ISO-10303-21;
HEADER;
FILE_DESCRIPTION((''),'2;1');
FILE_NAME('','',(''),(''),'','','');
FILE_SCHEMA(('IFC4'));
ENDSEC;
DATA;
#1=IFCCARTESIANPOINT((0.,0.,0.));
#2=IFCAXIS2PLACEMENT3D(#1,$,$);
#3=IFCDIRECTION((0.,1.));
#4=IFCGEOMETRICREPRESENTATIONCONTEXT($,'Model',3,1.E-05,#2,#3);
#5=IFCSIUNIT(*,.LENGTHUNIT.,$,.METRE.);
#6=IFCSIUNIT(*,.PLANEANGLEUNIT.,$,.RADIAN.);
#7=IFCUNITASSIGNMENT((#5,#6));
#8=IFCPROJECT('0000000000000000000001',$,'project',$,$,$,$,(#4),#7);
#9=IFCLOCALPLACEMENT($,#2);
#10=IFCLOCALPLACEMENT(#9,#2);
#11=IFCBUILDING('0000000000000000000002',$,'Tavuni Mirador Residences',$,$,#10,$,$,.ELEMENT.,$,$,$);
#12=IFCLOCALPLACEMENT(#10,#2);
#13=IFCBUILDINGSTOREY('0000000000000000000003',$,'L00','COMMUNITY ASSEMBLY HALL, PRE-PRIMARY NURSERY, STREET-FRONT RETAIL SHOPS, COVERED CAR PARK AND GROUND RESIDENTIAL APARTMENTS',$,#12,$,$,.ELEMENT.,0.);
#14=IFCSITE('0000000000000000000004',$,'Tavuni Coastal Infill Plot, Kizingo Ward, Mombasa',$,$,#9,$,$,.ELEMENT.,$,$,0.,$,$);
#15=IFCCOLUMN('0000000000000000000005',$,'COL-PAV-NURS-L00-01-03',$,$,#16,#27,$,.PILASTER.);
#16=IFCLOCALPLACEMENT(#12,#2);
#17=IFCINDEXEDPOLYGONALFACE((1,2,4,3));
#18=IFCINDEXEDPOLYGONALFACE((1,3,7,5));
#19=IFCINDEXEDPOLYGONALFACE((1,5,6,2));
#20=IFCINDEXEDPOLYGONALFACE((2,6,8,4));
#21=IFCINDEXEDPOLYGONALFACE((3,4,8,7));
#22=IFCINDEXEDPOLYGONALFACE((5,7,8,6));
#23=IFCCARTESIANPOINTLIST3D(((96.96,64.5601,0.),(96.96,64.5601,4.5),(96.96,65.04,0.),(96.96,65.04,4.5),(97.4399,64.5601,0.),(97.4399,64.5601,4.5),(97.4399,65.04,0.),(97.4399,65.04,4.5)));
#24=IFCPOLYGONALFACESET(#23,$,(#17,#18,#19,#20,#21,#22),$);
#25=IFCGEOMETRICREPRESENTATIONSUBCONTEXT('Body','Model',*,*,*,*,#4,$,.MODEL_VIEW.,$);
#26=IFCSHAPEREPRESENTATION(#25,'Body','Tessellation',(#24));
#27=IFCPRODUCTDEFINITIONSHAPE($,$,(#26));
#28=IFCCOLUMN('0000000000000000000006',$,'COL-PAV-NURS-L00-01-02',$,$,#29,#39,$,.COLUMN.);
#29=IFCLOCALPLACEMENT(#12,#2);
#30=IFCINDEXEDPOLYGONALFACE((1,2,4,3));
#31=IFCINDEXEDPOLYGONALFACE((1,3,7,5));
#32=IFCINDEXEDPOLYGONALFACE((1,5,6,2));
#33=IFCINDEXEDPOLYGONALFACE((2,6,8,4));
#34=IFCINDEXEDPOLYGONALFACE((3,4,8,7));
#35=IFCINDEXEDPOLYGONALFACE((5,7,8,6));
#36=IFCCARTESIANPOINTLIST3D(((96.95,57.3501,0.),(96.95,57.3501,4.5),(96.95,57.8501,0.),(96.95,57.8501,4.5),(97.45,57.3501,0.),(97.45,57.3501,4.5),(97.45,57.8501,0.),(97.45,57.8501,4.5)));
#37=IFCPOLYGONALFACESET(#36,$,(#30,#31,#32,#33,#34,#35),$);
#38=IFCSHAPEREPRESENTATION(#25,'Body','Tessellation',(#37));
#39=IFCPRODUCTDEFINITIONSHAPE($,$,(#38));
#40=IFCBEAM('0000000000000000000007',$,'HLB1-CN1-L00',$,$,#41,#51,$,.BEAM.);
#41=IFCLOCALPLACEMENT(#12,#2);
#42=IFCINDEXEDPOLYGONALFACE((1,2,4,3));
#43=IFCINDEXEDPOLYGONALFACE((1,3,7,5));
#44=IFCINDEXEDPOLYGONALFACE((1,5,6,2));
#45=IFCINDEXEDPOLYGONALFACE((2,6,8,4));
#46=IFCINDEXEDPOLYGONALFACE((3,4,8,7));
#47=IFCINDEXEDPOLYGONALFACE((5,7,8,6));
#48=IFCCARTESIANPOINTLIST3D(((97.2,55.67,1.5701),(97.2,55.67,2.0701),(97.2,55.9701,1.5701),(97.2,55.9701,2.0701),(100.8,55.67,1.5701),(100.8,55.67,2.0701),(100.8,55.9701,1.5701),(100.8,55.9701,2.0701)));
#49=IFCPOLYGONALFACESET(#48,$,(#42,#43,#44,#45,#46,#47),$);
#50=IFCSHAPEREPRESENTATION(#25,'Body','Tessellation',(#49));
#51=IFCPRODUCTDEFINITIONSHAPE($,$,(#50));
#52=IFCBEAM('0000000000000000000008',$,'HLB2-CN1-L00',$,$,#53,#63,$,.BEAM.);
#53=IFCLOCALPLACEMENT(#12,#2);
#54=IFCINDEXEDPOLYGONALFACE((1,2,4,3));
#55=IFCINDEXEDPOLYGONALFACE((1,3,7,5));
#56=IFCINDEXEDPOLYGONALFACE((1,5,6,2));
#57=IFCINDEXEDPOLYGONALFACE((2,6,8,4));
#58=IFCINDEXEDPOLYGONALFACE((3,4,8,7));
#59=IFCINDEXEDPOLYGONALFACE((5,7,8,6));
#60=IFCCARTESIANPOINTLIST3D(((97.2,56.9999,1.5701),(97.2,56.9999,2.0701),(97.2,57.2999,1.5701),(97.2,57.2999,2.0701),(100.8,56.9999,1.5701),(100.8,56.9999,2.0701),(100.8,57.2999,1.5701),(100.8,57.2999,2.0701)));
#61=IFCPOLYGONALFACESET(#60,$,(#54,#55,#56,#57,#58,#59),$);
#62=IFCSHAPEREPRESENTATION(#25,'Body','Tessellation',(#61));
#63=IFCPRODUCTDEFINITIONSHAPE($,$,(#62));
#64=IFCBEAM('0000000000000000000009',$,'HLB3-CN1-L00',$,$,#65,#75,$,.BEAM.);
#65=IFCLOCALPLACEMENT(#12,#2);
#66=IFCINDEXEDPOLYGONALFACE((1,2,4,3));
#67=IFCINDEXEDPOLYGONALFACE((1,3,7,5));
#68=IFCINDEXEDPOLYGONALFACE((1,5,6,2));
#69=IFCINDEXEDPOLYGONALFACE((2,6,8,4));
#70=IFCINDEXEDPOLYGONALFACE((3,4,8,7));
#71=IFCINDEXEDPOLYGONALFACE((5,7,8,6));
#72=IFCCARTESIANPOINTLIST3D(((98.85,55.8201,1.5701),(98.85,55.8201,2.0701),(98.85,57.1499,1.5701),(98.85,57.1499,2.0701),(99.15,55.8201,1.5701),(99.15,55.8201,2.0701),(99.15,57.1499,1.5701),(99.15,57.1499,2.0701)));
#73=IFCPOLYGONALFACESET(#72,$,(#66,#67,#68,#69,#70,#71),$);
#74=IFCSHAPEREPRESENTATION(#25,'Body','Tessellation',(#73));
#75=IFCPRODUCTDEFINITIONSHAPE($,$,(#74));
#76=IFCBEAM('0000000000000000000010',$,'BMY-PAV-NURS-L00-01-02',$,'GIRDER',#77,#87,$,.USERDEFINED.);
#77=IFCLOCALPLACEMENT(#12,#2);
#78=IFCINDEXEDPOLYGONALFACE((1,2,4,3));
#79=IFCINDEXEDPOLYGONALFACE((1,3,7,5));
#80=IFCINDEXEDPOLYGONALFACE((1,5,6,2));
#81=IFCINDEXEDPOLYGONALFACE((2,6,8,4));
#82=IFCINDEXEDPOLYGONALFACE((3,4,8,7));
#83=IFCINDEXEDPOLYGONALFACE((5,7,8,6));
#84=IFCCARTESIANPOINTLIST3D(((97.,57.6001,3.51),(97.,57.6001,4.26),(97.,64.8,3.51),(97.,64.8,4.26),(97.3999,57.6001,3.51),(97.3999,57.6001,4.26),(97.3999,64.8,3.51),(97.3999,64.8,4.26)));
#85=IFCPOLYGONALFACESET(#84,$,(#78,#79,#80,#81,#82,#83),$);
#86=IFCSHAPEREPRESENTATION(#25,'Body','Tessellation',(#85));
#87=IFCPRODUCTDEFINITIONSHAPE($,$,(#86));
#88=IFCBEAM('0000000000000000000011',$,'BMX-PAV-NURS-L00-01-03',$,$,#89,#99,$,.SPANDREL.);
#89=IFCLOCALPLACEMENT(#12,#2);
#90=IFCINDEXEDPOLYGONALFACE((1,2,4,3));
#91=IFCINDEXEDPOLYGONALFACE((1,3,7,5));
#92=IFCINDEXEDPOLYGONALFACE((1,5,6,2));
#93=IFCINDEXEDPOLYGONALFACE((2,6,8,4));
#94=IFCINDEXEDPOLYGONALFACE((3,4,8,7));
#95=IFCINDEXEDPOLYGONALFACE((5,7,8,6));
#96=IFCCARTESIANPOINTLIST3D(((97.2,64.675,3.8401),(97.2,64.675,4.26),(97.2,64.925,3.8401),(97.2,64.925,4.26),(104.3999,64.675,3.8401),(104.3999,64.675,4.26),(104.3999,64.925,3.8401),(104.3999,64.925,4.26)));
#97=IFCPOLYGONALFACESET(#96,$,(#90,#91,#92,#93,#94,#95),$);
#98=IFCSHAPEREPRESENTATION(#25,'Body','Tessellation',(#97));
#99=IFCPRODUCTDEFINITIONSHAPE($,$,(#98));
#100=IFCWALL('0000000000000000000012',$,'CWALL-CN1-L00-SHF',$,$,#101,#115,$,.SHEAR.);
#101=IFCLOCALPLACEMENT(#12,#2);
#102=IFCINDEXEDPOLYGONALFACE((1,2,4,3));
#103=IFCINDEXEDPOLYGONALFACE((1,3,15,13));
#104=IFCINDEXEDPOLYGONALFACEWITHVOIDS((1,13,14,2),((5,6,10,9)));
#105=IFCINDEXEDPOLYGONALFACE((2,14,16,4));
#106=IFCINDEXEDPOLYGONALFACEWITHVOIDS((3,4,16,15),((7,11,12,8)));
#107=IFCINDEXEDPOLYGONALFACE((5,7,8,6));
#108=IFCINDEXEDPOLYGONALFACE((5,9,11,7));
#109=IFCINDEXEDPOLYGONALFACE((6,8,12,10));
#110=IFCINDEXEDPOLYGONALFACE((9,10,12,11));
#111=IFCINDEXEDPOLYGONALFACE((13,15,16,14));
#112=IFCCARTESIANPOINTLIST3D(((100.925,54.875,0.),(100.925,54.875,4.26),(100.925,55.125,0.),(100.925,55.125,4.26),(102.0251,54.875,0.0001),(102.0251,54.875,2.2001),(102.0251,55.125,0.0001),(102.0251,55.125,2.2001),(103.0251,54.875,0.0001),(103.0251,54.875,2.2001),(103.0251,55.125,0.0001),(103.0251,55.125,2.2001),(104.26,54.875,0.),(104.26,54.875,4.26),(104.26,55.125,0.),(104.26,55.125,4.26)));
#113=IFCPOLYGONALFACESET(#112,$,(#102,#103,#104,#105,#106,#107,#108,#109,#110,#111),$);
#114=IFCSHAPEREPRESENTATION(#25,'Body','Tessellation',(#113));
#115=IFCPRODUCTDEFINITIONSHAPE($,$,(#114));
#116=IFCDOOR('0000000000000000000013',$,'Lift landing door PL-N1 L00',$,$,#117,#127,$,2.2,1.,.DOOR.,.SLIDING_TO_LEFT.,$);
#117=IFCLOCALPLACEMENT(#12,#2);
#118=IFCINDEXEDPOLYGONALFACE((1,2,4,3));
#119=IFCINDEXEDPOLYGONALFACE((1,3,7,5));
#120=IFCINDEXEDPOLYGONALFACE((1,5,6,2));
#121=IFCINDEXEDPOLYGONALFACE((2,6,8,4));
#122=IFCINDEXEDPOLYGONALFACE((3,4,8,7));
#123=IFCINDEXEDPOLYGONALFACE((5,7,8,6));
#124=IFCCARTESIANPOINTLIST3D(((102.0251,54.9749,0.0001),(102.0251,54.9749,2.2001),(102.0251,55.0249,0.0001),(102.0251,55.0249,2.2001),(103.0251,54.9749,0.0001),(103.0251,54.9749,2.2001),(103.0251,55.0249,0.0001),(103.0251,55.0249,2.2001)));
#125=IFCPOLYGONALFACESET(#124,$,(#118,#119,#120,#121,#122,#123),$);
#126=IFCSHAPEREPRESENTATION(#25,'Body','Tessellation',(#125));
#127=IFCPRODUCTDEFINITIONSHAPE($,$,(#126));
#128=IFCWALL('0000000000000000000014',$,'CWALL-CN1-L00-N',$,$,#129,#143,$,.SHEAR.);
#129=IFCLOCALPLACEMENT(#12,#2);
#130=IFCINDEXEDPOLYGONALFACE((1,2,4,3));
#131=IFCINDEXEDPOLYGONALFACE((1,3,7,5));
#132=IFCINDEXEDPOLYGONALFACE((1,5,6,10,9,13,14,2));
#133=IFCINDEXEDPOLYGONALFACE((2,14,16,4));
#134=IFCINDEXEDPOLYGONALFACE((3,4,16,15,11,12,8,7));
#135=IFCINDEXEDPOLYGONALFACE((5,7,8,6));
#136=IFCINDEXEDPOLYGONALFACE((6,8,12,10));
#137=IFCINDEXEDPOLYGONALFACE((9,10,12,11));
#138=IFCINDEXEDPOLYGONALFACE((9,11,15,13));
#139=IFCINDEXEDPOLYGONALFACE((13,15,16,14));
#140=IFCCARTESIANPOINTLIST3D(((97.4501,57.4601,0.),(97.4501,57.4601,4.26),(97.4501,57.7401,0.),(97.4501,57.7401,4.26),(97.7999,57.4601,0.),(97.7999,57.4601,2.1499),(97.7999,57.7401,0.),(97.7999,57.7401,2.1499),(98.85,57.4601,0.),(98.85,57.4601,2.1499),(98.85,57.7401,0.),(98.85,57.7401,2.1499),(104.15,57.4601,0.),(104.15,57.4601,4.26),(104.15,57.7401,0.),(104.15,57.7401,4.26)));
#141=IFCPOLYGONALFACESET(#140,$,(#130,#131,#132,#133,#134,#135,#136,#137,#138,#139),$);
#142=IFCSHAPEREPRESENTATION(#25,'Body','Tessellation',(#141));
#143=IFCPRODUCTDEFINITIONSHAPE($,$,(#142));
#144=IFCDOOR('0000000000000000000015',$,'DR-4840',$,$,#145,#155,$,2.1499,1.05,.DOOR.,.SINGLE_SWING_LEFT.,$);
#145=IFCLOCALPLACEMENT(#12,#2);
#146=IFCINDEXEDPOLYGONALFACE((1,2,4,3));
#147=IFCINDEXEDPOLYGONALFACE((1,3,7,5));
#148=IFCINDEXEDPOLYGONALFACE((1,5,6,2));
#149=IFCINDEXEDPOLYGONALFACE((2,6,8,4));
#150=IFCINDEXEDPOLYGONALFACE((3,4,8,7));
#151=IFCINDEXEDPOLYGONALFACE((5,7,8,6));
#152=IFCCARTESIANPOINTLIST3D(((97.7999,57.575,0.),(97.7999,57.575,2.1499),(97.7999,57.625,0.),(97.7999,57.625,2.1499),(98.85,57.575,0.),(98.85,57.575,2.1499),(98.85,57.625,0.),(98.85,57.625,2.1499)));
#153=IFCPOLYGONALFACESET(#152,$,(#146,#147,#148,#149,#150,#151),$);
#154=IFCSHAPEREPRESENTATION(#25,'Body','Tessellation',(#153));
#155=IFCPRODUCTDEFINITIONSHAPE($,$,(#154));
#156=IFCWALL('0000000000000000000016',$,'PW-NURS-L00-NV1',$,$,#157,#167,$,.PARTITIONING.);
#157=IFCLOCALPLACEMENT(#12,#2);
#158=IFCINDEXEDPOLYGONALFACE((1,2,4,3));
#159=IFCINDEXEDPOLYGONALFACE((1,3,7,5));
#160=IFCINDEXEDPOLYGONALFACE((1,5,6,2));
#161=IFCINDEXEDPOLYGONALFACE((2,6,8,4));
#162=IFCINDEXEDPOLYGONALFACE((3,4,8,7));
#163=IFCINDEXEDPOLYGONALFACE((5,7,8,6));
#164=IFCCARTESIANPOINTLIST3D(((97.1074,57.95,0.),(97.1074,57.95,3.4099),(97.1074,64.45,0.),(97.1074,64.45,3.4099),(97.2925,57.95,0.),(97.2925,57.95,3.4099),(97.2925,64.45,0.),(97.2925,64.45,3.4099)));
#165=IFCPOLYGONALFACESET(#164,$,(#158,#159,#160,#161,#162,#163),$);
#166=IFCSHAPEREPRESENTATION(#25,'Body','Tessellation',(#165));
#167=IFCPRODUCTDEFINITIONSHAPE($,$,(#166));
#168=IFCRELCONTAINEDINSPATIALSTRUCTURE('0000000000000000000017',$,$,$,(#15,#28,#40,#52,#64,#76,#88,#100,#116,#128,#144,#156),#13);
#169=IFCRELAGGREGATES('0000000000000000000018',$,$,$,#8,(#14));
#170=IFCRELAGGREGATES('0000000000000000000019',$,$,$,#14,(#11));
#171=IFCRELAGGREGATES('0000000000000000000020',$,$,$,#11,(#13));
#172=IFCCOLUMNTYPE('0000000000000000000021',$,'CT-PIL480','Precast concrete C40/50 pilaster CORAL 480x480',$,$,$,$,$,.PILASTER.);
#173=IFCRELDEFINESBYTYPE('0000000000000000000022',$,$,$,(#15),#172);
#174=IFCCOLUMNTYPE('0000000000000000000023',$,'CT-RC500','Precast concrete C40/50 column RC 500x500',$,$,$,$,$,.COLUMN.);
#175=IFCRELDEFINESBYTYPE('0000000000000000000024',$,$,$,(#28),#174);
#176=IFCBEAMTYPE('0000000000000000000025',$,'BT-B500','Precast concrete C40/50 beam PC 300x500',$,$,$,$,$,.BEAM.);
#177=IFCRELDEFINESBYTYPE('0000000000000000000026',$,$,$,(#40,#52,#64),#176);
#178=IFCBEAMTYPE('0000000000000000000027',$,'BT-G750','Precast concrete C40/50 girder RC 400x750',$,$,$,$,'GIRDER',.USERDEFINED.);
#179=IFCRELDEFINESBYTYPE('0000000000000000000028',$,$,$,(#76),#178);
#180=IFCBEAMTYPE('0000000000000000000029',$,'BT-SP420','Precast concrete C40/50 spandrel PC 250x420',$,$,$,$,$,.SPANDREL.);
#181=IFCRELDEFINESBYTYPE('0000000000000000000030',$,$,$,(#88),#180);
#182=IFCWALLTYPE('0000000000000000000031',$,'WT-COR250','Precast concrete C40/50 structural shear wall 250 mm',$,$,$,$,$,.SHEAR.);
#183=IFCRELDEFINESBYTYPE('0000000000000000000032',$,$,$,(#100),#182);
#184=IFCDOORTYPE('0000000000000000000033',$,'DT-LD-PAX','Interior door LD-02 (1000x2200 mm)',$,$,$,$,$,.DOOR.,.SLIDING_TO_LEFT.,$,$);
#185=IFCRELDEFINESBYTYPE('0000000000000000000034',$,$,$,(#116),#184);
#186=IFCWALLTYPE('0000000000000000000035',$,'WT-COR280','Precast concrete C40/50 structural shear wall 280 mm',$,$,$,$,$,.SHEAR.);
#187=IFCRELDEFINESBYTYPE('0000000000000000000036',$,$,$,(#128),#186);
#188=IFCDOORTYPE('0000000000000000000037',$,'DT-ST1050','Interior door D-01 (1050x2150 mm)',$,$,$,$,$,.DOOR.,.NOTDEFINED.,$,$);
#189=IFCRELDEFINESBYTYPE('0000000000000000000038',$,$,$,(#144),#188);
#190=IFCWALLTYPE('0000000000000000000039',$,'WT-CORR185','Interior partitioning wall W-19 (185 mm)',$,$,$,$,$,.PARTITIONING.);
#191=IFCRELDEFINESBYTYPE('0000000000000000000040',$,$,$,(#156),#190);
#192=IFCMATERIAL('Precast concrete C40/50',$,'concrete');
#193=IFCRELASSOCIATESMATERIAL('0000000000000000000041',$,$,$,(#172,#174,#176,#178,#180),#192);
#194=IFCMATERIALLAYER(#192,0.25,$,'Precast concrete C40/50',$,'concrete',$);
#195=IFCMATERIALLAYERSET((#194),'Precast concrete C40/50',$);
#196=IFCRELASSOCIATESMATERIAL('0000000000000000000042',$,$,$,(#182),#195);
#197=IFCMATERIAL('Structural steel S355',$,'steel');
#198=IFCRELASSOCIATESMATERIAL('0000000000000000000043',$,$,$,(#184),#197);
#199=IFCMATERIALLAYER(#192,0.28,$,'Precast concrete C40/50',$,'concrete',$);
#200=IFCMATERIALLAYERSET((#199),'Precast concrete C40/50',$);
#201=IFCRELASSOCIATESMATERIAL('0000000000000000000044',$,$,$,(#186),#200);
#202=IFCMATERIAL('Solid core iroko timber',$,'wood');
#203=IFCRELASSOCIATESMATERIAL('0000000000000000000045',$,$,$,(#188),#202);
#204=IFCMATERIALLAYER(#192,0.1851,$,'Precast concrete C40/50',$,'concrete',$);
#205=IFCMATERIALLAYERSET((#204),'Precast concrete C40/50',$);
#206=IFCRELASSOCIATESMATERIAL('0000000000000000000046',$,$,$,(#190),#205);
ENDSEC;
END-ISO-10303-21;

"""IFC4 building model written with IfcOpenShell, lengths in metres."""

from ifc_helpers import new_model, si_unit, direction, frame, frame_2d, origin, origin_2d, place, context, subcontext, project, spatial, rectangle, extrude, material, layer, layer_set, material_profile, profile_set, type_object, element, fill, save


model = new_model("IFC4")

# Units and contexts
model_context = context("Model", 3, precision=1e-05, world=origin(), true_north=direction((0.0, 1.0)))
body_context = subcontext(model_context, "Body", "Model", "MODEL_VIEW")
ifc_project = project(units=[si_unit("LENGTHUNIT", "METRE"), si_unit("PLANEANGLEUNIT", "RADIAN")], contexts=[model_context])

# Site, building, storey
site_placement = place(None, origin())
site = spatial("IfcSite", under=ifc_project, at=site_placement, Name="Tavuni Coastal Infill Plot, Kizingo Ward, Mombasa", CompositionType="ELEMENT", RefElevation=0.0)
building_placement = place(site_placement, origin())
building = spatial("IfcBuilding", under=site, at=building_placement, Name="Tavuni Mirador Residences", CompositionType="ELEMENT")
storey_placement = place(building_placement, origin())
storey = spatial("IfcBuildingStorey", under=building, at=storey_placement, Name="L00", Description="COMMUNITY ASSEMBLY HALL, PRE-PRIMARY NURSERY, STREET-FRONT RETAIL SHOPS, COVERED CAR PARK AND GROUND RESIDENTIAL APARTMENTS", CompositionType="ELEMENT", Elevation=0.0)

# Columns
ifc_material_1 = material(Name="Precast concrete C40/50", Category="concrete")
ifc_material_profile_1 = material_profile(ifc_material_1, rectangle(XDim=0.48, YDim=0.48, at=origin_2d()), Name="CORAL 480x480", Category="concrete")
ifc_profile_set_1 = profile_set([ifc_material_profile_1], Name="Precast concrete C40/50")
column_type_1 = type_object("IfcColumnType", Name="CT-PIL480", Description="Precast concrete C40/50 pilaster CORAL 480x480", PredefinedType="PILASTER", material=ifc_profile_set_1)
column_1_placement = place(storey_placement, frame((97.2, 64.8, 0.0), z_axis=(0.0, 0.0, 1.0), x_axis=(1.0, 0.0, 0.0)))
element("IfcColumn", 1, at=column_1_placement, inside=storey, type_object=column_type_1, Name="COL-PAV-NURS-L00-01-03", PredefinedType="PILASTER", context=body_context, shape_type="SweptSolid", body=[
    extrude(rectangle(XDim=0.48, YDim=0.48, at=origin_2d()), origin(), (0.0, 0.0, 1.0), 4.5),
])
ifc_material_profile_2 = material_profile(ifc_material_1, rectangle(XDim=0.5, YDim=0.5, at=origin_2d()), Name="RC 500x500", Category="concrete")
ifc_profile_set_2 = profile_set([ifc_material_profile_2], Name="Precast concrete C40/50")
column_type_2 = type_object("IfcColumnType", Name="CT-RC500", Description="Precast concrete C40/50 column RC 500x500", PredefinedType="COLUMN", material=ifc_profile_set_2)
column_2_placement = place(storey_placement, frame((97.2, 57.6001, 0.0), z_axis=(0.0, 0.0, 1.0), x_axis=(1.0, 0.0, 0.0)))
element("IfcColumn", 2, at=column_2_placement, inside=storey, type_object=column_type_2, Name="COL-PAV-NURS-L00-01-02", PredefinedType="COLUMN", context=body_context, shape_type="SweptSolid", body=[
    extrude(rectangle(XDim=0.5, YDim=0.5, at=origin_2d()), origin(), (0.0, 0.0, 1.0), 4.5),
])

# Beams
ifc_material_profile_3 = material_profile(ifc_material_1, rectangle(XDim=0.3, YDim=0.5, at=origin_2d()), Name="PC 300x500", Category="concrete")
ifc_profile_set_3 = profile_set([ifc_material_profile_3], Name="Precast concrete C40/50")
beam_type_1 = type_object("IfcBeamType", Name="BT-B500", Description="Precast concrete C40/50 beam PC 300x500", PredefinedType="BEAM", material=ifc_profile_set_3)
for number, where, z_axis, x_axis, name in (
    (3, (97.2, 55.8201, 1.8201), (1.0, 0.0, 0.0), (0.0, 1.0, 0.0), "HLB1-CN1-L00"),
    (4, (97.2, 57.1499, 1.8201), (1.0, 0.0, 0.0), (0.0, 1.0, 0.0), "HLB2-CN1-L00"),
):
    element("IfcBeam", number, at=place(storey_placement, frame(where, z_axis=z_axis, x_axis=x_axis)), inside=storey, type_object=beam_type_1, Name=name, PredefinedType="BEAM", context=body_context, shape_type="SweptSolid", body=[
        extrude(rectangle(XDim=0.3, YDim=0.5, at=origin_2d()), origin(), (0.0, 0.0, 1.0), 3.6001),
    ])
beam_1_placement = place(storey_placement, frame((99.0, 55.8201, 1.8201), z_axis=(0.0, 1.0, 0.0), x_axis=(-1.0, 0.0, 0.0)))
element("IfcBeam", 5, at=beam_1_placement, inside=storey, type_object=beam_type_1, Name="HLB3-CN1-L00", PredefinedType="BEAM", context=body_context, shape_type="SweptSolid", body=[
    extrude(rectangle(XDim=0.3, YDim=0.5, at=origin_2d()), origin(), (0.0, 0.0, 1.0), 1.3298),
])
ifc_material_profile_4 = material_profile(ifc_material_1, rectangle(XDim=0.3999, YDim=0.75, at=origin_2d()), Name="RC 400x750", Category="concrete")
ifc_profile_set_4 = profile_set([ifc_material_profile_4], Name="Precast concrete C40/50")
beam_type_2 = type_object("IfcBeamType", Name="BT-G750", Description="Precast concrete C40/50 girder RC 400x750", ElementType="GIRDER", PredefinedType="USERDEFINED", material=ifc_profile_set_4)
beam_2_placement = place(storey_placement, frame((97.2, 57.6001, 3.885), z_axis=(0.0, 1.0, 0.0), x_axis=(-1.0, 0.0, 0.0)))
element("IfcBeam", 6, at=beam_2_placement, inside=storey, type_object=beam_type_2, Name="BMY-PAV-NURS-L00-01-02", ObjectType="GIRDER", PredefinedType="USERDEFINED", context=body_context, shape_type="SweptSolid", body=[
    extrude(rectangle(XDim=0.3999, YDim=0.75, at=origin_2d()), origin(), (0.0, 0.0, 1.0), 7.2),
])
ifc_material_profile_5 = material_profile(ifc_material_1, rectangle(XDim=0.25, YDim=0.4199, at=origin_2d()), Name="PC 250x420", Category="concrete")
ifc_profile_set_5 = profile_set([ifc_material_profile_5], Name="Precast concrete C40/50")
beam_type_3 = type_object("IfcBeamType", Name="BT-SP420", Description="Precast concrete C40/50 spandrel PC 250x420", PredefinedType="SPANDREL", material=ifc_profile_set_5)
beam_3_placement = place(storey_placement, frame((97.2, 64.8, 4.05), z_axis=(1.0, 0.0, 0.0), x_axis=(0.0, 1.0, 0.0)))
element("IfcBeam", 7, at=beam_3_placement, inside=storey, type_object=beam_type_3, Name="BMX-PAV-NURS-L00-01-03", PredefinedType="SPANDREL", context=body_context, shape_type="SweptSolid", body=[
    extrude(rectangle(XDim=0.25, YDim=0.4199, at=origin_2d()), origin(), (0.0, 0.0, 1.0), 7.2),
])

# Walls, openings, doors
ifc_layer_1 = layer(ifc_material_1, 0.25, Name="Precast concrete C40/50", Category="concrete")
ifc_layer_set_1 = layer_set([ifc_layer_1], Name="Precast concrete C40/50")
wall_type_1 = type_object("IfcWallType", Name="WT-COR250", Description="Precast concrete C40/50 structural shear wall 250 mm", PredefinedType="SHEAR", material=ifc_layer_set_1)
wall_1_placement = place(storey_placement, frame((100.925, 55.0, 0.0), z_axis=(0.0, 0.0, 1.0), x_axis=(1.0, 0.0, 0.0)))
wall_1 = element("IfcWall", 8, at=wall_1_placement, inside=storey, type_object=wall_type_1, Name="CWALL-CN1-L00-SHF", PredefinedType="SHEAR", context=body_context, shape_type="SweptSolid", body=[
    extrude(rectangle(XDim=3.335, YDim=0.25, at=frame_2d((1.6675, 0.0))), origin(), (0.0, 0.0, 1.0), 4.26),
])
opening_1_placement = place(wall_1_placement, frame((1.1001, 0.0, 0.0)))
opening_1 = element("IfcOpeningElement", 9, at=opening_1_placement, cuts=wall_1, PredefinedType="OPENING", context=body_context, shape_type="SweptSolid", body=[
    extrude(rectangle(XDim=1.0, YDim=2.2, at=frame_2d((0.5, 1.1001))), frame((0.0, 0.135, 0.0), z_axis=(0.0, -1.0, 0.0), x_axis=(1.0, 0.0, 0.0)), (0.0, 0.0, 1.0), 0.27),
])
ifc_material_2 = material(Name="Structural steel S355", Category="steel")
door_type_1 = type_object("IfcDoorType", Name="DT-LD-PAX", Description="Interior door LD-02 (1000x2200 mm)", OperationType="SLIDING_TO_LEFT", PredefinedType="DOOR", material=ifc_material_2)
door_1_placement = place(opening_1_placement, origin())
door_1 = element("IfcDoor", 10, at=door_1_placement, inside=storey, type_object=door_type_1, Name="Lift landing door PL-N1 L00", OperationType="SLIDING_TO_LEFT", OverallHeight=2.2, OverallWidth=1.0, PredefinedType="DOOR", context=body_context, shape_type="SweptSolid", body=[
    extrude(rectangle(XDim=1.0, YDim=2.2, at=frame_2d((0.5, 1.1001))), frame((0.0, 0.0249, 0.0), z_axis=(0.0, -1.0, 0.0), x_axis=(1.0, 0.0, 0.0)), (0.0, 0.0, 1.0), 0.05),
])
fill(opening_1, door_1)
ifc_layer_2 = layer(ifc_material_1, 0.28, Name="Precast concrete C40/50", Category="concrete")
ifc_layer_set_2 = layer_set([ifc_layer_2], Name="Precast concrete C40/50")
wall_type_2 = type_object("IfcWallType", Name="WT-COR280", Description="Precast concrete C40/50 structural shear wall 280 mm", PredefinedType="SHEAR", material=ifc_layer_set_2)
wall_2_placement = place(storey_placement, frame((97.45, 57.6001, 0.0), z_axis=(0.0, 0.0, 1.0), x_axis=(1.0, 0.0, 0.0)))
wall_2 = element("IfcWall", 11, at=wall_2_placement, inside=storey, type_object=wall_type_2, Name="CWALL-CN1-L00-N", PredefinedType="SHEAR", context=body_context, shape_type="SweptSolid", body=[
    extrude(rectangle(XDim=6.7, YDim=0.28, at=frame_2d((3.3501, 0.0))), origin(), (0.0, 0.0, 1.0), 4.26),
])
opening_2_placement = place(wall_2_placement, frame((0.3501, 0.0, 0.0)))
opening_2 = element("IfcOpeningElement", 12, at=opening_2_placement, cuts=wall_2, PredefinedType="OPENING", context=body_context, shape_type="SweptSolid", body=[
    extrude(rectangle(XDim=1.05, YDim=2.1499, at=frame_2d((0.5249, 1.075))), frame((0.0, 0.1499, 0.0), z_axis=(0.0, -1.0, 0.0), x_axis=(1.0, 0.0, 0.0)), (0.0, 0.0, 1.0), 0.3),
])
ifc_material_3 = material(Name="Solid core iroko timber", Category="wood")
door_type_2 = type_object("IfcDoorType", Name="DT-ST1050", Description="Interior door D-01 (1050x2150 mm)", OperationType="NOTDEFINED", PredefinedType="DOOR", material=ifc_material_3)
door_2_placement = place(opening_2_placement, origin())
door_2 = element("IfcDoor", 13, at=door_2_placement, inside=storey, type_object=door_type_2, Name="DR-4840", OperationType="SINGLE_SWING_LEFT", OverallHeight=2.1499, OverallWidth=1.05, PredefinedType="DOOR", context=body_context, shape_type="SweptSolid", body=[
    extrude(rectangle(XDim=1.05, YDim=2.1499, at=frame_2d((0.5249, 1.075))), frame((0.0, 0.0249, 0.0), z_axis=(0.0, -1.0, 0.0), x_axis=(1.0, 0.0, 0.0)), (0.0, 0.0, 1.0), 0.05),
])
fill(opening_2, door_2)

# Wall
ifc_layer_3 = layer(ifc_material_1, 0.1851, Name="Precast concrete C40/50", Category="concrete")
ifc_layer_set_3 = layer_set([ifc_layer_3], Name="Precast concrete C40/50")
wall_type_3 = type_object("IfcWallType", Name="WT-CORR185", Description="Interior partitioning wall W-19 (185 mm)", PredefinedType="PARTITIONING", material=ifc_layer_set_3)
wall_3_placement = place(storey_placement, frame((97.2, 57.95, 0.0), z_axis=(0.0, 0.0, 1.0), x_axis=(0.0, 1.0, 0.0)))
element("IfcWall", 14, at=wall_3_placement, inside=storey, type_object=wall_type_3, Name="PW-NURS-L00-NV1", PredefinedType="PARTITIONING", context=body_context, shape_type="SweptSolid", body=[
    extrude(rectangle(XDim=6.5, YDim=0.1851, at=frame_2d((3.25, 0.0))), origin(), (0.0, 0.0, 1.0), 3.4099),
])

save(model, "model.ifc")
